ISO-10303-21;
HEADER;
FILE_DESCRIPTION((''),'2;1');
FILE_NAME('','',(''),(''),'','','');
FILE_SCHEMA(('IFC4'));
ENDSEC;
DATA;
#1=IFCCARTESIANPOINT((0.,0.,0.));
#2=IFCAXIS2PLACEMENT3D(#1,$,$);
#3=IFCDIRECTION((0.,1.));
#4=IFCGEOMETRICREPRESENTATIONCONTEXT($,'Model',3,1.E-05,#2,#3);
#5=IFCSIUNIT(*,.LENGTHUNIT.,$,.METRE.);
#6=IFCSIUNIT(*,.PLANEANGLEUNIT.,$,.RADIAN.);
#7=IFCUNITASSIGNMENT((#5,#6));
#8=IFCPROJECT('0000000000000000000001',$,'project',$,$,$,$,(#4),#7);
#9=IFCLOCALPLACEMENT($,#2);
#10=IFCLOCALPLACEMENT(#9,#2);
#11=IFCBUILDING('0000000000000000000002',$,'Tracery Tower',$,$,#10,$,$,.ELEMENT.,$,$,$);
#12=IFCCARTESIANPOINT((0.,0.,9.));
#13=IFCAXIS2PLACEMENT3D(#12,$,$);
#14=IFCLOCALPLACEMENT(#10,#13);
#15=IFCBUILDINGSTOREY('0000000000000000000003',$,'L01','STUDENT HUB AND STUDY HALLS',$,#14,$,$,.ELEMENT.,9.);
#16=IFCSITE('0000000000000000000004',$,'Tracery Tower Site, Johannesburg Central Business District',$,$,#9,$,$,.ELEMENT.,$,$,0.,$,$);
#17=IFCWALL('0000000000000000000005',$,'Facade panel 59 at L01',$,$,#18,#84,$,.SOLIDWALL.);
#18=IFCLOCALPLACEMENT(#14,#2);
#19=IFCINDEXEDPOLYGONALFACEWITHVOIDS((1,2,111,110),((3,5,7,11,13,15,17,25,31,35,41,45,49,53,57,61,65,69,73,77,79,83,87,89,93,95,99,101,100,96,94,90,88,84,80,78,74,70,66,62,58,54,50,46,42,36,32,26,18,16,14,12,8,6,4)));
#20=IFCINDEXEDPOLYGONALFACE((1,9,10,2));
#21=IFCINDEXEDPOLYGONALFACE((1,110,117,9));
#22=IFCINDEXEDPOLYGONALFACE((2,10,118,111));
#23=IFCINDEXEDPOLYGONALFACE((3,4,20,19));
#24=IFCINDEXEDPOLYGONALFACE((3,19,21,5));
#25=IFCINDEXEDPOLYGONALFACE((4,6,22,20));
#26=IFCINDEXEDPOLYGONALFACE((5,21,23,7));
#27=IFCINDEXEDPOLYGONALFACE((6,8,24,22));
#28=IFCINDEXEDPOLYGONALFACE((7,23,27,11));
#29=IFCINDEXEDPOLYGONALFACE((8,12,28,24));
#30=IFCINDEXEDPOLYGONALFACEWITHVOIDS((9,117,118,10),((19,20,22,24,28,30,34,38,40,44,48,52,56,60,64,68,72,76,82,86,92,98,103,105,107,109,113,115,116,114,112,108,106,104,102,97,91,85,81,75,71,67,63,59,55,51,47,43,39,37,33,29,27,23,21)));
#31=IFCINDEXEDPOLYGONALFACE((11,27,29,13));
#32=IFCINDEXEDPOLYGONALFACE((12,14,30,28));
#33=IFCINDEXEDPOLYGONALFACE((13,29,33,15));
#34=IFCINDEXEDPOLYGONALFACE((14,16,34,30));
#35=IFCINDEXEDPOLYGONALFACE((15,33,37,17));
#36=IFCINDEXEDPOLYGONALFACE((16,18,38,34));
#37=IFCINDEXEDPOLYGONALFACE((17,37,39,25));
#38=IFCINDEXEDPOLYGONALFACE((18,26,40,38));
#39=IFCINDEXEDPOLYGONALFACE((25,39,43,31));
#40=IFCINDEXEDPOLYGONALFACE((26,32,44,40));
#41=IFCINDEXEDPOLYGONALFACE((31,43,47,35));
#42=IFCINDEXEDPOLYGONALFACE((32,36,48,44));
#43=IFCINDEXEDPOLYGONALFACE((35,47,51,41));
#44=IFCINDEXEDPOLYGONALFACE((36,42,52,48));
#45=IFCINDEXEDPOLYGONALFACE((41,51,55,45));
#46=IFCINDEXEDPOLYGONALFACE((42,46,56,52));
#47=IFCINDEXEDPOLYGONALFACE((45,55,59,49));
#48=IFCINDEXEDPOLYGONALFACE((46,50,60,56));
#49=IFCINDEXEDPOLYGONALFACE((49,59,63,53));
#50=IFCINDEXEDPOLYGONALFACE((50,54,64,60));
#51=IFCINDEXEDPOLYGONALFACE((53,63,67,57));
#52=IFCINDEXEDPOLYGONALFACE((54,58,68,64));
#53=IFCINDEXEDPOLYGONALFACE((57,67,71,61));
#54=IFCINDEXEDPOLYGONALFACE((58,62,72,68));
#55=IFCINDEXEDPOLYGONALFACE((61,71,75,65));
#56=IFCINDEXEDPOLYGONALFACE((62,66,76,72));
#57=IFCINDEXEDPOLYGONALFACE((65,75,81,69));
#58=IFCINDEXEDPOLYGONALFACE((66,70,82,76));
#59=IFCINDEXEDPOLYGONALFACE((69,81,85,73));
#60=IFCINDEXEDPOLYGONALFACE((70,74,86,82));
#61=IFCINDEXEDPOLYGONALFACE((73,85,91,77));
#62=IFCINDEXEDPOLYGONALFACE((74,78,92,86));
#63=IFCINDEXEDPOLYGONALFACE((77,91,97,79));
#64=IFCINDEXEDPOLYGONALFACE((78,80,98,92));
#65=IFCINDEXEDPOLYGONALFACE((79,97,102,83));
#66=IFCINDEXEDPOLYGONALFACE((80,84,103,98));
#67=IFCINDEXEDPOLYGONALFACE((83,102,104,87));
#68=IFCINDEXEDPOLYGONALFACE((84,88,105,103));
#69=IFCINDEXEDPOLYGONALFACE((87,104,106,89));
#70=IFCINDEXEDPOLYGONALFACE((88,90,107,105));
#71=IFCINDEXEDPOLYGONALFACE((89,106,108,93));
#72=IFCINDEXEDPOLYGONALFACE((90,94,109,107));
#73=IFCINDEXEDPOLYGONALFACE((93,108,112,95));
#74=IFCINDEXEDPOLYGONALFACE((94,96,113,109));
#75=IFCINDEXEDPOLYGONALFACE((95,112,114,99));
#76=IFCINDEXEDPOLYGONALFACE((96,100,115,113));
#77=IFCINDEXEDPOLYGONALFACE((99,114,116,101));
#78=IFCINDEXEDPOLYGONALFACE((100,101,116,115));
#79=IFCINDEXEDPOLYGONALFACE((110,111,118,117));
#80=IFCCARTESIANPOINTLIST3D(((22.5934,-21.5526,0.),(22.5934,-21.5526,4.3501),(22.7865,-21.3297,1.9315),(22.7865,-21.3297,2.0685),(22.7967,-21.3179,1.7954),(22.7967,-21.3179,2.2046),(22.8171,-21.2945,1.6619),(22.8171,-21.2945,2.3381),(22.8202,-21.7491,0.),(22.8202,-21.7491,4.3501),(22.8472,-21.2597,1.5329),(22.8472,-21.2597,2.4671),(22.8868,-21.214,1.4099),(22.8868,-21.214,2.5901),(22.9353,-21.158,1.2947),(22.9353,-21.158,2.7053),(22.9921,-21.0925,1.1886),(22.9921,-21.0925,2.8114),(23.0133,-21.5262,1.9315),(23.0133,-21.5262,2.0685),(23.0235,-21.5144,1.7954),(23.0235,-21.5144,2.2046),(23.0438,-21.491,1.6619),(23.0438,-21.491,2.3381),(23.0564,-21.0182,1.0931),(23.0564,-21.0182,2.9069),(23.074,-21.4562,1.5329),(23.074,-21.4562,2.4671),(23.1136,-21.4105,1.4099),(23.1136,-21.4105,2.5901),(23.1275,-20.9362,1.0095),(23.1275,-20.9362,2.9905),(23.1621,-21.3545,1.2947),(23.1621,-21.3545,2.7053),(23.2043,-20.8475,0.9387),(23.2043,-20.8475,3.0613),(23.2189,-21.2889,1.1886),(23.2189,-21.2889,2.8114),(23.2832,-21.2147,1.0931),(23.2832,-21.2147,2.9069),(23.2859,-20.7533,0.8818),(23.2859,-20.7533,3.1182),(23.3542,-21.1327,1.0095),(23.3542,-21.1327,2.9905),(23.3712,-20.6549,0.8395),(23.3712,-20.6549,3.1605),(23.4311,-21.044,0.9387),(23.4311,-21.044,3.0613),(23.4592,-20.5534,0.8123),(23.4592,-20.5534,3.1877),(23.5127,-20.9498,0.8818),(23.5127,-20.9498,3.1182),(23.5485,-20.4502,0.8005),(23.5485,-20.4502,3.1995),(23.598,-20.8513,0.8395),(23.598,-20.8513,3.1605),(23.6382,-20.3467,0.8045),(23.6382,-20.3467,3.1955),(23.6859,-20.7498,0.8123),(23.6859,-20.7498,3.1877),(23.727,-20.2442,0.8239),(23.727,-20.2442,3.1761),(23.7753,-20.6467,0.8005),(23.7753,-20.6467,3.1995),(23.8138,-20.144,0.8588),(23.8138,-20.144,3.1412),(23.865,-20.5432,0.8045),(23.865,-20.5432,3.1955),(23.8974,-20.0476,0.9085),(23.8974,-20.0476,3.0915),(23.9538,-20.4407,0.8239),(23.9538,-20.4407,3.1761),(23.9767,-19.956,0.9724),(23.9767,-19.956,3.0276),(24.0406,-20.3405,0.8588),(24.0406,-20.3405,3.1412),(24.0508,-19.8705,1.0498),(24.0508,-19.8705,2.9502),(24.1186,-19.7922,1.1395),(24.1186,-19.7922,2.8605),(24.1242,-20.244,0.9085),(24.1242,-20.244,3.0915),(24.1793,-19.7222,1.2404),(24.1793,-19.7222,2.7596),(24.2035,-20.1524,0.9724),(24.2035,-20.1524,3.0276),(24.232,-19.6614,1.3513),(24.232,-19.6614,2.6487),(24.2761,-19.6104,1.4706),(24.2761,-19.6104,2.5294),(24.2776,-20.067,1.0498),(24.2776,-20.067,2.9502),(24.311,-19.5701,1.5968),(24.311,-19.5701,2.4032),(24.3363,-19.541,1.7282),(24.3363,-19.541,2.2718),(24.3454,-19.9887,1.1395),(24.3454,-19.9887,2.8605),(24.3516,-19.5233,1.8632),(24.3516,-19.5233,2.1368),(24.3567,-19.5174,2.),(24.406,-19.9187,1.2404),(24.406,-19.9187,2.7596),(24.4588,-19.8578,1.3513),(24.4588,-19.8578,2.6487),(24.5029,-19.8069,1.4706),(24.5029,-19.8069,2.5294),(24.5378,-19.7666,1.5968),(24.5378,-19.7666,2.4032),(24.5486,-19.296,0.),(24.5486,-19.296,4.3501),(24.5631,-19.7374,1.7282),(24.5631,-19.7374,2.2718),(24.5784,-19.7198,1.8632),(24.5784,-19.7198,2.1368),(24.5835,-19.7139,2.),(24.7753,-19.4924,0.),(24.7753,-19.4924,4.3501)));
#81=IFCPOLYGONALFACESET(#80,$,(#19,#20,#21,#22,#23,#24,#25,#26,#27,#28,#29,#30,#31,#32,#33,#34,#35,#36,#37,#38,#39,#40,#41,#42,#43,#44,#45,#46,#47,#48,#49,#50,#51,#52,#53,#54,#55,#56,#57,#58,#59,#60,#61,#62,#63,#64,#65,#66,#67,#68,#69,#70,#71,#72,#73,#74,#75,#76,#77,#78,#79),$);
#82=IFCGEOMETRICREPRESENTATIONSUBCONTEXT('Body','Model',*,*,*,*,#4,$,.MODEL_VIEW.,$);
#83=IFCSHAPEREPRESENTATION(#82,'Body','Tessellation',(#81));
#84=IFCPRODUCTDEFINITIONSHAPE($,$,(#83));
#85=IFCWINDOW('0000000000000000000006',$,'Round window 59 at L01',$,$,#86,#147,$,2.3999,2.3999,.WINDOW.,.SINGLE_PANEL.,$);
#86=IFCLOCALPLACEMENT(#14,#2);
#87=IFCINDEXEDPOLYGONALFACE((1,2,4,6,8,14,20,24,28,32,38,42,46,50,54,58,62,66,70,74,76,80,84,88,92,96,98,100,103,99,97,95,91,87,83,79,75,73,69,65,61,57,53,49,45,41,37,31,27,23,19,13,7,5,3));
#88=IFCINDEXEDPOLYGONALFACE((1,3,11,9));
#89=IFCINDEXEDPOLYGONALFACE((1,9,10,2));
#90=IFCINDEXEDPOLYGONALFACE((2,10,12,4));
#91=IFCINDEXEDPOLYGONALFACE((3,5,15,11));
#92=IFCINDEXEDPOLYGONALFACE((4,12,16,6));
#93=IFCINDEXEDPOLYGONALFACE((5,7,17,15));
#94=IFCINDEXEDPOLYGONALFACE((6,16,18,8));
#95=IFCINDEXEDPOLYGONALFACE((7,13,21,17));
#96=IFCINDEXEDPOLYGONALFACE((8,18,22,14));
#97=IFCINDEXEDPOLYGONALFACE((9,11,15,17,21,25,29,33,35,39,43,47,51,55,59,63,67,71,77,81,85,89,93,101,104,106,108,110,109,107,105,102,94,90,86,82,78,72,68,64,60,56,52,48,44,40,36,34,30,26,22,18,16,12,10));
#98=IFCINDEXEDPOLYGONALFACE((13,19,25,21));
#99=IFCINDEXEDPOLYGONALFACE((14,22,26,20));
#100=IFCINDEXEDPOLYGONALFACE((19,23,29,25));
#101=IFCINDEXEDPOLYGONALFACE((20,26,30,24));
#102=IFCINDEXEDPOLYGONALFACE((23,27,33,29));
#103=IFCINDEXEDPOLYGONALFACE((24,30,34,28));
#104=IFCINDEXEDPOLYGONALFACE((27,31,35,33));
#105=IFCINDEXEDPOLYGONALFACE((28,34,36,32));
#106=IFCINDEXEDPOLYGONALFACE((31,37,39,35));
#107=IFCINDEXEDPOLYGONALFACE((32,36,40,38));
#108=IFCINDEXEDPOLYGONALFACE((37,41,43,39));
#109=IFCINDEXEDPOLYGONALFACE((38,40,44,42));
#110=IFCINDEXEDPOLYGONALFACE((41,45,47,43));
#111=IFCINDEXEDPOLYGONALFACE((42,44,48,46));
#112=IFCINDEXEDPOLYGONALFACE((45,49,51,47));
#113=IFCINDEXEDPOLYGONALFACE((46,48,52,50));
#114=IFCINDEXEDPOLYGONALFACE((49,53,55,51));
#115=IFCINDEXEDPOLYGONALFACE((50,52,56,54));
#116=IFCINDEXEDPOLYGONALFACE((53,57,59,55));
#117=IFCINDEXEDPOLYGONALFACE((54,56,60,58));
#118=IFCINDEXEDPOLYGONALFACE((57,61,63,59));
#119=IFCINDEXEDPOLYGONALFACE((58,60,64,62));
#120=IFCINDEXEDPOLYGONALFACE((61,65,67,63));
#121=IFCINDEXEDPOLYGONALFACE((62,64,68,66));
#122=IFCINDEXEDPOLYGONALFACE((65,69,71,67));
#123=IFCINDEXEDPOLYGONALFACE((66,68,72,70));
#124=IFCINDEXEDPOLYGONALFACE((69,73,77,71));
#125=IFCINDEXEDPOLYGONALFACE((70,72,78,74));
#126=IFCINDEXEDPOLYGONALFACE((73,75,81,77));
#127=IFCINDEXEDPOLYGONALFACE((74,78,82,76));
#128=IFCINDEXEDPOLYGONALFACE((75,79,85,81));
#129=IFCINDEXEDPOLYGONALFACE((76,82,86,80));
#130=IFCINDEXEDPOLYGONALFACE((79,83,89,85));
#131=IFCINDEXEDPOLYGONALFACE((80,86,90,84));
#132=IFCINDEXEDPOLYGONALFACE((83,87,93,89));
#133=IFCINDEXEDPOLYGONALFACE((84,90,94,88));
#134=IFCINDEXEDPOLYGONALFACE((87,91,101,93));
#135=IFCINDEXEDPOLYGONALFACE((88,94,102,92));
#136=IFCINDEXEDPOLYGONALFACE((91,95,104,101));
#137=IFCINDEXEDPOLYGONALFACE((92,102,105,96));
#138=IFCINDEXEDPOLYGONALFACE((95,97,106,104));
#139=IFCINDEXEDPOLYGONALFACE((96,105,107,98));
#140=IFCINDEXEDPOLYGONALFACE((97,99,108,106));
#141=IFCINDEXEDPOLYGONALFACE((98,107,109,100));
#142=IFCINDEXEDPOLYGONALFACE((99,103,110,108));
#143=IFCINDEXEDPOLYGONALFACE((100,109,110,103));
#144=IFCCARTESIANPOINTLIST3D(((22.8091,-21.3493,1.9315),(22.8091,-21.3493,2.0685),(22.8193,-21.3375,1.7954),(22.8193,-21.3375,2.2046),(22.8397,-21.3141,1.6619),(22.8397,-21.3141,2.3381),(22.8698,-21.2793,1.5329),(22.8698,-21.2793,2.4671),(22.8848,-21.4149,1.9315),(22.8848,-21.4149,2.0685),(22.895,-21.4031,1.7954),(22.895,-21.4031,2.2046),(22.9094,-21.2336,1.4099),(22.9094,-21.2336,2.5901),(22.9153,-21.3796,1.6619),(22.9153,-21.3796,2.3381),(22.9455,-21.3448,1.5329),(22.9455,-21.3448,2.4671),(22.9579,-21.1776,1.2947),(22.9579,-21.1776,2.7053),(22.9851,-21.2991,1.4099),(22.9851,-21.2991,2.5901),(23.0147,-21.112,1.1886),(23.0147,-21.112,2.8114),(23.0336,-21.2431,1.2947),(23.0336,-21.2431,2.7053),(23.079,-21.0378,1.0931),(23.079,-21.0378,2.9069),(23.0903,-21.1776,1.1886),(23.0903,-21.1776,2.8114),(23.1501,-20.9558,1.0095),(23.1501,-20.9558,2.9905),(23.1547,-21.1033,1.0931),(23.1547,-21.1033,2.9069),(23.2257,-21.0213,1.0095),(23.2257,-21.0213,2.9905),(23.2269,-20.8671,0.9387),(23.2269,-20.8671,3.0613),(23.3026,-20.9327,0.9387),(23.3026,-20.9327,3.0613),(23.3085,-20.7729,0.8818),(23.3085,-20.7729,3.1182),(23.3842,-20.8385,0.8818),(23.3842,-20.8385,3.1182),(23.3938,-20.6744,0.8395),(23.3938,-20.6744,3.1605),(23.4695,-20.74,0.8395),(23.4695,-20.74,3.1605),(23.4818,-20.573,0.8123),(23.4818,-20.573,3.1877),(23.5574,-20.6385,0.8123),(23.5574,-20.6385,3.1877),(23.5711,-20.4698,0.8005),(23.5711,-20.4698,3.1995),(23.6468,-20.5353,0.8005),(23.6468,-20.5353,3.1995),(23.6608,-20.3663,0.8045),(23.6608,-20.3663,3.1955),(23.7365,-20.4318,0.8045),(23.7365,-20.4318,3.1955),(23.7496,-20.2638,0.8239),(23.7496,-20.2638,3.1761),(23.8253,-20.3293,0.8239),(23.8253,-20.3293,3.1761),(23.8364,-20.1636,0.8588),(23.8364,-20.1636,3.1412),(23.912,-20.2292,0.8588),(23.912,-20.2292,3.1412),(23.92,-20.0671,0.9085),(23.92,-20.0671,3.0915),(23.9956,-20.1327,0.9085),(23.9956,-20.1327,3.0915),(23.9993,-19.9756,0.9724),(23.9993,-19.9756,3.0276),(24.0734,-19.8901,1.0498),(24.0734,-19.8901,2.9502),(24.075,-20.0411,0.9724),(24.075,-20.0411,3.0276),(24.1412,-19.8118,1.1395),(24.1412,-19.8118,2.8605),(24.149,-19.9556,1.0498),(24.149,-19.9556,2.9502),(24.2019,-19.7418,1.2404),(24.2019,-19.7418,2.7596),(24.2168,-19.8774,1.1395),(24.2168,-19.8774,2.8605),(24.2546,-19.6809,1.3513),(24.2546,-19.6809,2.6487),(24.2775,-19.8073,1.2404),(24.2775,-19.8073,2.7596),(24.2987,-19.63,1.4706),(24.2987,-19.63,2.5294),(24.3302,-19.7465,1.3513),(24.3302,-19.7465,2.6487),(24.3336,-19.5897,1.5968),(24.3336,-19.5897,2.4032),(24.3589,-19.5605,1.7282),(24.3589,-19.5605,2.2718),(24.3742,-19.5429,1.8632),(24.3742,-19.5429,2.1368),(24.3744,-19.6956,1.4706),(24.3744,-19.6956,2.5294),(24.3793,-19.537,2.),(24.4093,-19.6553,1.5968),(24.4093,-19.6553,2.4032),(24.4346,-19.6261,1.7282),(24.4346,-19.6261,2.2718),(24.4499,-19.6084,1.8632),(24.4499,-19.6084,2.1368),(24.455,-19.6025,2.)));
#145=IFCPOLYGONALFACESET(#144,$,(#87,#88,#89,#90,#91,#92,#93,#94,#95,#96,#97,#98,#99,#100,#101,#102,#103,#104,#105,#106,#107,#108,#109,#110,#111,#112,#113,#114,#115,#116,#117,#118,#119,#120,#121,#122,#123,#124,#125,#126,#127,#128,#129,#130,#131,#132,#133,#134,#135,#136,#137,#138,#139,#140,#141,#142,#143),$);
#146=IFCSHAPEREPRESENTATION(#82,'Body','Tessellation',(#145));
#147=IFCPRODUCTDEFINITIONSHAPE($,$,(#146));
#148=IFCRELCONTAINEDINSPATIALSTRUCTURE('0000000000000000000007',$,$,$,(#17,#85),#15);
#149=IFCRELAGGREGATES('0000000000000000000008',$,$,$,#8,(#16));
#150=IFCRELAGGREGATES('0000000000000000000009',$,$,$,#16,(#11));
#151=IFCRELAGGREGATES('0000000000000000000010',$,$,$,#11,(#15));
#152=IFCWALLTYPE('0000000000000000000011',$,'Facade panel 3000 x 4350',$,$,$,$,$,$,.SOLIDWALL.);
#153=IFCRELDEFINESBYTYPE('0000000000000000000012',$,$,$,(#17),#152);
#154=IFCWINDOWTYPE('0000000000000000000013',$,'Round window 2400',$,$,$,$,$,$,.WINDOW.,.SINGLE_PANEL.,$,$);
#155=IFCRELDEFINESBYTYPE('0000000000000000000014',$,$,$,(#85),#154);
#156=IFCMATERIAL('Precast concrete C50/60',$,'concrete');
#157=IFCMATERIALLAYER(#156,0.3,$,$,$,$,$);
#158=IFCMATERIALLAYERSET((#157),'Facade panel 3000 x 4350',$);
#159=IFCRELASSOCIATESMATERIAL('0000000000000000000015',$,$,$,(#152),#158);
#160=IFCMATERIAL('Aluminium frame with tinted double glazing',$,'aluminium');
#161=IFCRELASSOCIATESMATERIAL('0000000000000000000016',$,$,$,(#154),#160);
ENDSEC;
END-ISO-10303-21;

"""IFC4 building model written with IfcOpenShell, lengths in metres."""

from ifc_helpers import new_model, si_unit, direction, frame, frame_2d, origin, origin_2d, place, context, subcontext, project, spatial, rectangle, circle, extrude, material, layer, layer_set, type_object, element, fill, save


model = new_model("IFC4")

# Units and contexts
model_context = context("Model", 3, precision=1e-05, world=origin(), true_north=direction((0.0, 1.0)))
body_context = subcontext(model_context, "Body", "Model", "MODEL_VIEW")
ifc_project = project(units=[si_unit("LENGTHUNIT", "METRE"), si_unit("PLANEANGLEUNIT", "RADIAN")], contexts=[model_context])

# Site, building, storey
site_placement = place(None, origin())
site = spatial("IfcSite", under=ifc_project, at=site_placement, Name="Tracery Tower Site, Johannesburg Central Business District", CompositionType="ELEMENT", RefElevation=0.0)
building_placement = place(site_placement, origin())
building = spatial("IfcBuilding", under=site, at=building_placement, Name="Tracery Tower", CompositionType="ELEMENT")
storey_placement = place(building_placement, frame((0.0, 0.0, 9.0)))
storey = spatial("IfcBuildingStorey", under=building, at=storey_placement, Name="L01", Description="STUDENT HUB AND STUDY HALLS", CompositionType="ELEMENT", Elevation=9.0)

# Wall, opening, window
ifc_material_1 = material(Name="Precast concrete C50/60", Category="concrete")
ifc_layer_1 = layer(ifc_material_1, 0.3)
ifc_layer_set_1 = layer_set([ifc_layer_1], Name="Facade panel 3000 x 4350")
wall_type_1 = type_object("IfcWallType", Name="Facade panel 3000 x 4350", PredefinedType="SOLIDWALL", material=ifc_layer_set_1)
ifc_material_2 = material(Name="Aluminium frame with tinted double glazing", Category="aluminium")
window_type = type_object("IfcWindowType", Name="Round window 2400", PartitioningType="SINGLE_PANEL", PredefinedType="WINDOW", material=ifc_material_2)
wall_1_placement = place(storey_placement, frame((22.7068, -21.6509, 0.0), z_axis=(0.0, 0.0, 1.0), x_axis=(0.654809, 0.755794, 0.0)))
wall_1 = element("IfcWall", 1, at=wall_1_placement, inside=storey, type_object=wall_type_1, Name="Facade panel 59 at L01", PredefinedType="SOLIDWALL", context=body_context, shape_type="SweptSolid", body=[
    extrude(rectangle(XDim=2.9858, YDim=0.3, at=frame_2d((1.4929, 0.0))), origin(), (0.0, 0.0, 1.0), 4.3501),
])
opening_1_placement = place(wall_1_placement, frame((1.4929, 0.0, 2.0)))
opening_1 = element("IfcOpeningElement", 2, at=opening_1_placement, cuts=wall_1, PredefinedType="OPENING", context=body_context, shape_type="SweptSolid", body=[
    extrude(circle(Radius=1.2, at=origin_2d()), frame((0.0, 0.1599, 0.0), z_axis=(0.0, -1.0, 0.0), x_axis=(1.0, 0.0, 0.0)), (0.0, 0.0, 1.0), 0.3201),
])
window_1_placement = place(opening_1_placement, origin())
window_1 = element("IfcWindow", 3, at=window_1_placement, inside=storey, type_object=window_type, Name="Round window 59 at L01", OverallHeight=2.3999, OverallWidth=2.3999, PartitioningType="SINGLE_PANEL", PredefinedType="WINDOW", context=body_context, shape_type="SweptSolid", body=[
    extrude(circle(Radius=1.2, at=origin_2d()), frame((0.0, 0.1201, 0.0), z_axis=(0.0, -1.0, 0.0), x_axis=(1.0, 0.0, 0.0)), (0.0, 0.0, 1.0), 0.1001),
])
fill(opening_1, window_1)

save(model, "model.ifc")
